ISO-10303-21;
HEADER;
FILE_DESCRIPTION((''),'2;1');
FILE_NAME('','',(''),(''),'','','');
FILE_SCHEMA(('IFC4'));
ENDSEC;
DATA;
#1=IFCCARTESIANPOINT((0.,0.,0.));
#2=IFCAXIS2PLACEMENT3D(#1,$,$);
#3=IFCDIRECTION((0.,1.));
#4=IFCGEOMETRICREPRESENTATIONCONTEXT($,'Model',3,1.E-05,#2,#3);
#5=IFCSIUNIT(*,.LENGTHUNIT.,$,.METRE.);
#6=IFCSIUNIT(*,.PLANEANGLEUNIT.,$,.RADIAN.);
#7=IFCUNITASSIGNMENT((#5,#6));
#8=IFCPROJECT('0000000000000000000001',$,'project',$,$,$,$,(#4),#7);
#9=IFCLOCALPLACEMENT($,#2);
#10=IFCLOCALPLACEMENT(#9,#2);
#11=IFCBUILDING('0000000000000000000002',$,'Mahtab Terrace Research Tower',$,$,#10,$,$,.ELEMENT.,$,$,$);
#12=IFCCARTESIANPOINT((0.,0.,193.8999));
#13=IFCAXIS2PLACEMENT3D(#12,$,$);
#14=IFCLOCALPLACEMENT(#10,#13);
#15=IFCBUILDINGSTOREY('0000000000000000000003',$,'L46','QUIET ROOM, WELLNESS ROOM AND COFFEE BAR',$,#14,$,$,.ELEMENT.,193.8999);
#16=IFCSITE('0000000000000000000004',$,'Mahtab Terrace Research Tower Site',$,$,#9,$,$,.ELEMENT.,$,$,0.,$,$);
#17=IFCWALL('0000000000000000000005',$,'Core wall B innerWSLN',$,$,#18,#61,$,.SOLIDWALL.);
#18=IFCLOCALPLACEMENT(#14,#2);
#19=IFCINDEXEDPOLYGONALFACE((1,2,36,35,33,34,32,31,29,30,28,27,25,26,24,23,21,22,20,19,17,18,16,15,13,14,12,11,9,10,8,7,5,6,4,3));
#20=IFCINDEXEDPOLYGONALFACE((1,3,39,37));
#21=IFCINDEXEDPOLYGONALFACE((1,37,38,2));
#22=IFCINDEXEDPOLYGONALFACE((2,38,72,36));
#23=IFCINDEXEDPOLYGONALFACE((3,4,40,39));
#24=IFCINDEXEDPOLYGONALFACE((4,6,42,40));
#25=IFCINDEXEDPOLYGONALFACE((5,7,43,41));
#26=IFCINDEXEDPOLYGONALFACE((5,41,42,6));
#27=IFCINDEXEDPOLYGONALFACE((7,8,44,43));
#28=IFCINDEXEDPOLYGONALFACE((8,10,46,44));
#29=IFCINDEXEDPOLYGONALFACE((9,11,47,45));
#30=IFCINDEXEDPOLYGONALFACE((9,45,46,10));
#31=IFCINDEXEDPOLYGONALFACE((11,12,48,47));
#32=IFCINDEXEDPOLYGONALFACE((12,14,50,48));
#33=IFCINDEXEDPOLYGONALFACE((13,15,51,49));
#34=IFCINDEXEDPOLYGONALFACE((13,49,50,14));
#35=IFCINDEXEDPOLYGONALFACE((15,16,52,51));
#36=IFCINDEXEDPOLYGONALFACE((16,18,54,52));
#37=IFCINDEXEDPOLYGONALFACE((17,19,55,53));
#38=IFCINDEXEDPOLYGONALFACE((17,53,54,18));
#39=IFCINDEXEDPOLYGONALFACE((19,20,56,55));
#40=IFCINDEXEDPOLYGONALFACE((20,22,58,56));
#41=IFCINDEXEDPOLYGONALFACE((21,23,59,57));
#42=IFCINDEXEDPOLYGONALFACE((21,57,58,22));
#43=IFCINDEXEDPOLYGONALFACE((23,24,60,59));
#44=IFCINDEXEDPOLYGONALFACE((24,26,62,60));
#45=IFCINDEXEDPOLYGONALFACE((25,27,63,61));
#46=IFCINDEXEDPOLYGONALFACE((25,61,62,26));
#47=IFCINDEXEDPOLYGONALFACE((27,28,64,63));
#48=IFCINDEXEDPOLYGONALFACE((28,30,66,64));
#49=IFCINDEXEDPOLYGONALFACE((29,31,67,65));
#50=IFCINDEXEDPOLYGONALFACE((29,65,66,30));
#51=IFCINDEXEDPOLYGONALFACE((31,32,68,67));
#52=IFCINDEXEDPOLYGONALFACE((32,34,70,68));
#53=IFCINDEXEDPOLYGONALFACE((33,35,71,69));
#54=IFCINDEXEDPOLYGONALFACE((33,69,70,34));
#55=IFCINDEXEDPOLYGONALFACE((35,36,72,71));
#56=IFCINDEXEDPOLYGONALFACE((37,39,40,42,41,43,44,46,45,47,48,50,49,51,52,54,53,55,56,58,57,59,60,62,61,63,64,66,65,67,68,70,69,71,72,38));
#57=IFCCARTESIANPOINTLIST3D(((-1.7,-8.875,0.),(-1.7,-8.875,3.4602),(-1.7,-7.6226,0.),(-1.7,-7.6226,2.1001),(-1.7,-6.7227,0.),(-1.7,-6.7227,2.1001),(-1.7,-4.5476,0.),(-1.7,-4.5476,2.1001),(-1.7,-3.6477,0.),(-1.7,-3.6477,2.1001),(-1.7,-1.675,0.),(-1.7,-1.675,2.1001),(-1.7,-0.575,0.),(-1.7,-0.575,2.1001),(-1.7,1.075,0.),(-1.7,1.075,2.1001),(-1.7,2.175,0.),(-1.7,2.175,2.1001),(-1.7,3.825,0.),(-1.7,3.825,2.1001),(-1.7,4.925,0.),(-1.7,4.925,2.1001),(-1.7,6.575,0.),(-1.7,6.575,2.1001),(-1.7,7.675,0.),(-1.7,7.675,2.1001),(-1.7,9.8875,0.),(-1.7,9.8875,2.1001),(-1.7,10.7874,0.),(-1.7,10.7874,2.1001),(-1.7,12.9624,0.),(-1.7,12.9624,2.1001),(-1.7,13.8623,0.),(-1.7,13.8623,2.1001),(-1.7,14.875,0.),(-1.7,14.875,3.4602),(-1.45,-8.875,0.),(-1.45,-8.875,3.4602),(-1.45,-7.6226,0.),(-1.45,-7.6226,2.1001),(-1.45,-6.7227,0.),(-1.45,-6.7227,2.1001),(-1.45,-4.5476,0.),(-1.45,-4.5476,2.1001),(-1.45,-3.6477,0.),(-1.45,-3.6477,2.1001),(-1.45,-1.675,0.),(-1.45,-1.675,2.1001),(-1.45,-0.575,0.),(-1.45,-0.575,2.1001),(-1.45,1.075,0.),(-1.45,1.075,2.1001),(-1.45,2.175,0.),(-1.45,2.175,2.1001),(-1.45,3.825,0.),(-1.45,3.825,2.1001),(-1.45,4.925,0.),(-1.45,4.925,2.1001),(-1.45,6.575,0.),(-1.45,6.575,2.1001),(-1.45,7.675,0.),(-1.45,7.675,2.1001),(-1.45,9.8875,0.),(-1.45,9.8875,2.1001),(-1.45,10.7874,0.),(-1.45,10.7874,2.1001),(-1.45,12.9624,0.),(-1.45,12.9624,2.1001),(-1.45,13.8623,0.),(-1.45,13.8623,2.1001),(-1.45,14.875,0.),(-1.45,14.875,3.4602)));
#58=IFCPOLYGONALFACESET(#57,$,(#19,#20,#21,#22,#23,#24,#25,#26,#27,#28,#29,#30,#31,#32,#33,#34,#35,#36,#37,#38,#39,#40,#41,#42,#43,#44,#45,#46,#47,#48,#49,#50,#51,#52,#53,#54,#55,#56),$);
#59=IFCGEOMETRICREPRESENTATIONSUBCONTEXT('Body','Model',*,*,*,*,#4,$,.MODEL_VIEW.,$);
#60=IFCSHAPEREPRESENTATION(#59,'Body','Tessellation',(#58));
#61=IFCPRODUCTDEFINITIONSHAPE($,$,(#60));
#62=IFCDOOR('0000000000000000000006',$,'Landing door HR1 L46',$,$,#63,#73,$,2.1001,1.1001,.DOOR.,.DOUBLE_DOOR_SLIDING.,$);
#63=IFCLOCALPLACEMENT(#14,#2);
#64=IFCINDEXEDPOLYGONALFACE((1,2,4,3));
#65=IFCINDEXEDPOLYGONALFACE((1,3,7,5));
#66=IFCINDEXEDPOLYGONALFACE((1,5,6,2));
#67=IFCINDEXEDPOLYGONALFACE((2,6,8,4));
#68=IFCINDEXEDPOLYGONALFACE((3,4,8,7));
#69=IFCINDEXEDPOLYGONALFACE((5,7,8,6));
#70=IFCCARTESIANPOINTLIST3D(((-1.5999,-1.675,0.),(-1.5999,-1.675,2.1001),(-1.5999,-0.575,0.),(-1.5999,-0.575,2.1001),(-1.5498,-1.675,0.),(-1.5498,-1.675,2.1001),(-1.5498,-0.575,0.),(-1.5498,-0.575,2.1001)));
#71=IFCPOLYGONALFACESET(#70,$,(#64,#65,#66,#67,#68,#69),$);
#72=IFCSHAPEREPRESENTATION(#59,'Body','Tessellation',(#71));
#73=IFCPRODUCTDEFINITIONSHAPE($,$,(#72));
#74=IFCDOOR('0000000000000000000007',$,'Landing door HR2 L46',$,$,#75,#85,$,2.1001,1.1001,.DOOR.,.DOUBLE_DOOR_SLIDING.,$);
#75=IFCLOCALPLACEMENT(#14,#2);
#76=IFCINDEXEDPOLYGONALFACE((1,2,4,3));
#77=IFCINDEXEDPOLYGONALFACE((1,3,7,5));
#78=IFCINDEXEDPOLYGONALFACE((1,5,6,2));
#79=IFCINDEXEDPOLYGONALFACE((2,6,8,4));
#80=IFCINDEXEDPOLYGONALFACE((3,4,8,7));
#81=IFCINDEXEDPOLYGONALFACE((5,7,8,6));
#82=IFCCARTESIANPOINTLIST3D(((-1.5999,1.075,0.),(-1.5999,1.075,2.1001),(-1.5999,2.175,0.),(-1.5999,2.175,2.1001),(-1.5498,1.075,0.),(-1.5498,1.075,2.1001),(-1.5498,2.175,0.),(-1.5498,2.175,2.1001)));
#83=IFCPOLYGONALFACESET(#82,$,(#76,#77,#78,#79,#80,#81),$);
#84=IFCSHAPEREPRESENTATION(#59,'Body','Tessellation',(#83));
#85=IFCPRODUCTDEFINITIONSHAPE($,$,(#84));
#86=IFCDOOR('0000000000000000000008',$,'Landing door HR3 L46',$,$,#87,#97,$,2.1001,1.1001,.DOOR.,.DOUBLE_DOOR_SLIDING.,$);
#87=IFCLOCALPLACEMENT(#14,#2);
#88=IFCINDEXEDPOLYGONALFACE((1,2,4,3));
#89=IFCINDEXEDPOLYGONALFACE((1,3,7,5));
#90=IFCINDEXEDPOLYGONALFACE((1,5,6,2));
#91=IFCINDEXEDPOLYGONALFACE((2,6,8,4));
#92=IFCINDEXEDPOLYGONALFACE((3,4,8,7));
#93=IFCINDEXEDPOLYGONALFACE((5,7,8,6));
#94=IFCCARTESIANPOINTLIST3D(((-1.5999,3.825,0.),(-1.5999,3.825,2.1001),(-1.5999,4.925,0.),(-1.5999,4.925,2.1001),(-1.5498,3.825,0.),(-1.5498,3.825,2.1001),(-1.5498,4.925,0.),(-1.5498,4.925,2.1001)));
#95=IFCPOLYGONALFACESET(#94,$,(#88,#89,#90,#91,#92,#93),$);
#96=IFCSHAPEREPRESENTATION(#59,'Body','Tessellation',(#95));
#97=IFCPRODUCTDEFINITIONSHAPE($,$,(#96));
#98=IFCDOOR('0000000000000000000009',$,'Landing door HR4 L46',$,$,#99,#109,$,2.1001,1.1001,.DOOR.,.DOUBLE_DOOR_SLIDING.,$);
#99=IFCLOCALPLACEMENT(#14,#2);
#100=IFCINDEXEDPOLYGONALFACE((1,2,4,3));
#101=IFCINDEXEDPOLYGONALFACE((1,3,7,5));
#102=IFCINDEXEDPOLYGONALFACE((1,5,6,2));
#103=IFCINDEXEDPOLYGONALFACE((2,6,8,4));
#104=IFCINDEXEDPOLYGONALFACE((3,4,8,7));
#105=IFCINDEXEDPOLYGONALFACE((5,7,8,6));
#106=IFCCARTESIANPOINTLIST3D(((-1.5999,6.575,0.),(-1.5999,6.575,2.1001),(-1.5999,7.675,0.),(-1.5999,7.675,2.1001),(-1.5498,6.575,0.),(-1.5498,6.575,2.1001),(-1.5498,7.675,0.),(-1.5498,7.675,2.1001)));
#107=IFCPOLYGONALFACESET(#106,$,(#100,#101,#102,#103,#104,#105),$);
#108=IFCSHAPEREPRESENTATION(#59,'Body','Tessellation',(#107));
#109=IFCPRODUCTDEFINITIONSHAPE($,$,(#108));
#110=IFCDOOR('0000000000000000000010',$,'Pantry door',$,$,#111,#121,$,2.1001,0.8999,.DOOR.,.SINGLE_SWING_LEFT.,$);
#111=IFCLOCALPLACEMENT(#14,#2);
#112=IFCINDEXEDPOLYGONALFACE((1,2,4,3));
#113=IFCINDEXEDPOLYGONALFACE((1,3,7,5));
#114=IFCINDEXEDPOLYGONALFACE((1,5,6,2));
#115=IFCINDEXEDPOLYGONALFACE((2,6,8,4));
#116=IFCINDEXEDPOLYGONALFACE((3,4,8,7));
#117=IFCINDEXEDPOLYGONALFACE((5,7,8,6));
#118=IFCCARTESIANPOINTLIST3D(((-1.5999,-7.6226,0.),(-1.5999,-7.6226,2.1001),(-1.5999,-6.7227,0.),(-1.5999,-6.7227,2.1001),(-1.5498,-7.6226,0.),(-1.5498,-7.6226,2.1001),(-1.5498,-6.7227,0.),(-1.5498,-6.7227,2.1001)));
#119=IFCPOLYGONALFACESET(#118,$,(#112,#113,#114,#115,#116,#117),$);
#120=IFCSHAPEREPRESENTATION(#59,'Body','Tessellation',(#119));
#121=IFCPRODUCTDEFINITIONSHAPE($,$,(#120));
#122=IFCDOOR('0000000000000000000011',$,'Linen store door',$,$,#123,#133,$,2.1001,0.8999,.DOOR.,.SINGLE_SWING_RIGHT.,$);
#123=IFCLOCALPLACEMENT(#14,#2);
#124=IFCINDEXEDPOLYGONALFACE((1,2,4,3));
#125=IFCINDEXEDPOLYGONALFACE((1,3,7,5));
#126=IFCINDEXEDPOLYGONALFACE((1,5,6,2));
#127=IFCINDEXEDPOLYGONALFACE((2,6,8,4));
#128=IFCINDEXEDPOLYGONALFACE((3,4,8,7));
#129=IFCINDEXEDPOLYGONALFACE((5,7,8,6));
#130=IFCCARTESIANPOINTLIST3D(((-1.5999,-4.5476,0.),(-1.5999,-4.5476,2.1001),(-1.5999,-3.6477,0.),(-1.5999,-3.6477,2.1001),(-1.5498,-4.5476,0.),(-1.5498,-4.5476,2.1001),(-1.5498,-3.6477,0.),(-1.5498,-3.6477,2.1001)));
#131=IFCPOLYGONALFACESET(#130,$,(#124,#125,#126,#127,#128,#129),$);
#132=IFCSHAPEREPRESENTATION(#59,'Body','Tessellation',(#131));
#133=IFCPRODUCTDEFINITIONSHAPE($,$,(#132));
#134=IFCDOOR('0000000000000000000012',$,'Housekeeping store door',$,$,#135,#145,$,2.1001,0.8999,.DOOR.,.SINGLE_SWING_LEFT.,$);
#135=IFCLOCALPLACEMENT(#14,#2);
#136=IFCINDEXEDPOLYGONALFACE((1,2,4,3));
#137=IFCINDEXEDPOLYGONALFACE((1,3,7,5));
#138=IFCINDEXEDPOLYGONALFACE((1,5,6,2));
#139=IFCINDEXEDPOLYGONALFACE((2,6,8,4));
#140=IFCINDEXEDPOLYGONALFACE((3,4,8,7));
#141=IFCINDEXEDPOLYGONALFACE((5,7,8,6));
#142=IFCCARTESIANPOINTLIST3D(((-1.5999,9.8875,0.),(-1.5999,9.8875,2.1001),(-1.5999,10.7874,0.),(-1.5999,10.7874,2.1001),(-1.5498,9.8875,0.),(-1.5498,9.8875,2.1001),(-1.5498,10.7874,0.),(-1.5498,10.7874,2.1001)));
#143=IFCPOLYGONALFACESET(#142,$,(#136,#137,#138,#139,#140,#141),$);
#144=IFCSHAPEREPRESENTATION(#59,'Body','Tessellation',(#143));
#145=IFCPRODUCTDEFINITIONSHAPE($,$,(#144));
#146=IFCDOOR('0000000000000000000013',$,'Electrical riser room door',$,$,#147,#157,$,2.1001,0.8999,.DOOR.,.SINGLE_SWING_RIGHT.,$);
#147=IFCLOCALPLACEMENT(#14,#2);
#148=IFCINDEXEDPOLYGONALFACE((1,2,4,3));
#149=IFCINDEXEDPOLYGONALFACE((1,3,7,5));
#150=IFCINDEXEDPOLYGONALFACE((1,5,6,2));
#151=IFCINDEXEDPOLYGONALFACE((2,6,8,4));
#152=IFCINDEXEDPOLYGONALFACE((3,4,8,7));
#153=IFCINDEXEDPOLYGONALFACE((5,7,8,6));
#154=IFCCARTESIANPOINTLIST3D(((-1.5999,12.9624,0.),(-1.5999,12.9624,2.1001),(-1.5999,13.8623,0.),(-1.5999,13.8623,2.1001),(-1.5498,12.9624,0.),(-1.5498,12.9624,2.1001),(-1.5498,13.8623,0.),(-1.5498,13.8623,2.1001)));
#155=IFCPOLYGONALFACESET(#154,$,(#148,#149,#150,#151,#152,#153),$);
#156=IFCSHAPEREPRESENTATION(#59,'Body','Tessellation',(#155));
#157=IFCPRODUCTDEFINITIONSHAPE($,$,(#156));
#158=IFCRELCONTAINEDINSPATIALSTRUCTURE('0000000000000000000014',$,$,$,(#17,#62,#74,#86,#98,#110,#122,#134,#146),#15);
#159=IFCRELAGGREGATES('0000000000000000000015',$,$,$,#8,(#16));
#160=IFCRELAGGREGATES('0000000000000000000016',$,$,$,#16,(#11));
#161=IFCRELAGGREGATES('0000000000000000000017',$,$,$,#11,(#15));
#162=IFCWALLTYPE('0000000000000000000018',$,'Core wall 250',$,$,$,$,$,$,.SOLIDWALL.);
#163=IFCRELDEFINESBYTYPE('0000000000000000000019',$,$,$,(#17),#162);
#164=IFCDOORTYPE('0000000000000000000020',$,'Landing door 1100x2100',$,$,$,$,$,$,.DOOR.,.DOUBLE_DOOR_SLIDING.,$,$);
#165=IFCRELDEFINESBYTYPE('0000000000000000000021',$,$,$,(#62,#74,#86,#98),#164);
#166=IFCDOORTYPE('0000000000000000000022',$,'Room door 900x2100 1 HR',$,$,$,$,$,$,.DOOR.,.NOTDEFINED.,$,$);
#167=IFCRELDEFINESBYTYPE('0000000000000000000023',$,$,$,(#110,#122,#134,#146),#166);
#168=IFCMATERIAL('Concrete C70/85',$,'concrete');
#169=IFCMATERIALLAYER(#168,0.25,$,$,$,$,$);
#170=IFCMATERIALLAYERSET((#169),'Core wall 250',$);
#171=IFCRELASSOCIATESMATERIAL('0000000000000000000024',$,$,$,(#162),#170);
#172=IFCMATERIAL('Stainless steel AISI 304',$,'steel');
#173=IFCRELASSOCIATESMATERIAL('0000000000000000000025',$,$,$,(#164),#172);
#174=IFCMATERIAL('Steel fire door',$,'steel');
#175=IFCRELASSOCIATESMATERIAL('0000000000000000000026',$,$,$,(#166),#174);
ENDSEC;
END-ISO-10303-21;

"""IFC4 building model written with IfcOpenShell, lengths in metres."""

from ifc_helpers import new_model, si_unit, direction, frame, frame_2d, origin, place, context, subcontext, project, spatial, rectangle, extrude, material, layer, layer_set, type_object, element, fill, save


model = new_model("IFC4")

# Units and contexts
model_context = context("Model", 3, precision=1e-05, world=origin(), true_north=direction((0.0, 1.0)))
body_context = subcontext(model_context, "Body", "Model", "MODEL_VIEW")
ifc_project = project(units=[si_unit("LENGTHUNIT", "METRE"), si_unit("PLANEANGLEUNIT", "RADIAN")], contexts=[model_context])

# Site, building, storey
site_placement = place(None, origin())
site = spatial("IfcSite", under=ifc_project, at=site_placement, Name="Mahtab Terrace Research Tower Site", CompositionType="ELEMENT", RefElevation=0.0)
building_placement = place(site_placement, origin())
building = spatial("IfcBuilding", under=site, at=building_placement, Name="Mahtab Terrace Research Tower", CompositionType="ELEMENT")
storey_placement = place(building_placement, frame((0.0, 0.0, 193.8999)))
storey = spatial("IfcBuildingStorey", under=building, at=storey_placement, Name="L46", Description="QUIET ROOM, WELLNESS ROOM AND COFFEE BAR", CompositionType="ELEMENT", Elevation=193.8999)

# Shared definitions
ifc_material_1 = material(Name="Concrete C70/85", Category="concrete")

# Wall, openings, doors
ifc_layer_1 = layer(ifc_material_1, 0.25)
ifc_layer_set_1 = layer_set([ifc_layer_1], Name="Core wall 250")
wall_type_1 = type_object("IfcWallType", Name="Core wall 250", PredefinedType="SOLIDWALL", material=ifc_layer_set_1)
wall_1_placement = place(storey_placement, frame((-1.575, -8.875, 0.0), z_axis=(0.0, 0.0, 1.0), x_axis=(0.0, 1.0, 0.0)))
wall_1 = element("IfcWall", 1, at=wall_1_placement, inside=storey, type_object=wall_type_1, Name="Core wall B innerWSLN", PredefinedType="SOLIDWALL", context=body_context, shape_type="SweptSolid", body=[
    extrude(rectangle(XDim=23.75, YDim=0.25, at=frame_2d((11.875, 0.0))), origin(), (0.0, 0.0, 1.0), 3.4602),
])
opening_1_placement = place(wall_1_placement, frame((7.2, 0.0, 0.0)))
opening_1 = element("IfcOpeningElement", 2, at=opening_1_placement, cuts=wall_1, PredefinedType="OPENING", context=body_context, shape_type="SweptSolid", body=[
    extrude(rectangle(XDim=1.1001, YDim=2.1001, at=frame_2d((0.55, 1.05))), frame((0.0, 0.135, 0.0), z_axis=(0.0, -1.0, 0.0), x_axis=(1.0, 0.0, 0.0)), (0.0, 0.0, 1.0), 0.27),
])
opening_2_placement = place(wall_1_placement, frame((9.95, 0.0, 0.0)))
opening_2 = element("IfcOpeningElement", 3, at=opening_2_placement, cuts=wall_1, PredefinedType="OPENING", context=body_context, shape_type="SweptSolid", body=[
    extrude(rectangle(XDim=1.1001, YDim=2.1001, at=frame_2d((0.55, 1.05))), frame((0.0, 0.135, 0.0), z_axis=(0.0, -1.0, 0.0), x_axis=(1.0, 0.0, 0.0)), (0.0, 0.0, 1.0), 0.27),
])
opening_3_placement = place(wall_1_placement, frame((12.7, 0.0, 0.0)))
opening_3 = element("IfcOpeningElement", 4, at=opening_3_placement, cuts=wall_1, PredefinedType="OPENING", context=body_context, shape_type="SweptSolid", body=[
    extrude(rectangle(XDim=1.1001, YDim=2.1001, at=frame_2d((0.55, 1.05))), frame((0.0, 0.135, 0.0), z_axis=(0.0, -1.0, 0.0), x_axis=(1.0, 0.0, 0.0)), (0.0, 0.0, 1.0), 0.27),
])
opening_4_placement = place(wall_1_placement, frame((15.45, 0.0, 0.0)))
opening_4 = element("IfcOpeningElement", 5, at=opening_4_placement, cuts=wall_1, PredefinedType="OPENING", context=body_context, shape_type="SweptSolid", body=[
    extrude(rectangle(XDim=1.1001, YDim=2.1001, at=frame_2d((0.55, 1.05))), frame((0.0, 0.135, 0.0), z_axis=(0.0, -1.0, 0.0), x_axis=(1.0, 0.0, 0.0)), (0.0, 0.0, 1.0), 0.27),
])
opening_5_placement = place(wall_1_placement, frame((1.2524, 0.0, 0.0)))
opening_5 = element("IfcOpeningElement", 6, at=opening_5_placement, cuts=wall_1, PredefinedType="OPENING", context=body_context, shape_type="SweptSolid", body=[
    extrude(rectangle(XDim=0.8999, YDim=2.1001, at=frame_2d((0.45, 1.05))), frame((0.0, 0.135, 0.0), z_axis=(0.0, -1.0, 0.0), x_axis=(1.0, 0.0, 0.0)), (0.0, 0.0, 1.0), 0.27),
])
opening_6_placement = place(wall_1_placement, frame((4.3274, 0.0, 0.0)))
opening_6 = element("IfcOpeningElement", 7, at=opening_6_placement, cuts=wall_1, PredefinedType="OPENING", context=body_context, shape_type="SweptSolid", body=[
    extrude(rectangle(XDim=0.8999, YDim=2.1001, at=frame_2d((0.45, 1.05))), frame((0.0, 0.135, 0.0), z_axis=(0.0, -1.0, 0.0), x_axis=(1.0, 0.0, 0.0)), (0.0, 0.0, 1.0), 0.27),
])
opening_7_placement = place(wall_1_placement, frame((18.7625, 0.0, 0.0)))
opening_7 = element("IfcOpeningElement", 8, at=opening_7_placement, cuts=wall_1, PredefinedType="OPENING", context=body_context, shape_type="SweptSolid", body=[
    extrude(rectangle(XDim=0.8999, YDim=2.1001, at=frame_2d((0.45, 1.05))), frame((0.0, 0.135, 0.0), z_axis=(0.0, -1.0, 0.0), x_axis=(1.0, 0.0, 0.0)), (0.0, 0.0, 1.0), 0.27),
])
opening_8_placement = place(wall_1_placement, frame((21.8374, 0.0, 0.0)))
opening_8 = element("IfcOpeningElement", 9, at=opening_8_placement, cuts=wall_1, PredefinedType="OPENING", context=body_context, shape_type="SweptSolid", body=[
    extrude(rectangle(XDim=0.8999, YDim=2.1001, at=frame_2d((0.45, 1.05))), frame((0.0, 0.135, 0.0), z_axis=(0.0, -1.0, 0.0), x_axis=(1.0, 0.0, 0.0)), (0.0, 0.0, 1.0), 0.27),
])
ifc_material_2 = material(Name="Stainless steel AISI 304", Category="steel")
door_type_1 = type_object("IfcDoorType", Name="Landing door 1100x2100", OperationType="DOUBLE_DOOR_SLIDING", PredefinedType="DOOR", material=ifc_material_2)
door_1_placement = place(opening_1_placement, origin())
door_1 = element("IfcDoor", 10, at=door_1_placement, inside=storey, type_object=door_type_1, Name="Landing door HR1 L46", OperationType="DOUBLE_DOOR_SLIDING", OverallHeight=2.1001, OverallWidth=1.1001, PredefinedType="DOOR", context=body_context, shape_type="SweptSolid", body=[
    extrude(rectangle(XDim=1.1001, YDim=2.1001, at=frame_2d((0.55, 1.05))), frame((0.0, 0.0249, 0.0), z_axis=(0.0, -1.0, 0.0), x_axis=(1.0, 0.0, 0.0)), (0.0, 0.0, 1.0), 0.05),
])
fill(opening_1, door_1)
door_2_placement = place(opening_2_placement, origin())
door_2 = element("IfcDoor", 11, at=door_2_placement, inside=storey, type_object=door_type_1, Name="Landing door HR2 L46", OperationType="DOUBLE_DOOR_SLIDING", OverallHeight=2.1001, OverallWidth=1.1001, PredefinedType="DOOR", context=body_context, shape_type="SweptSolid", body=[
    extrude(rectangle(XDim=1.1001, YDim=2.1001, at=frame_2d((0.55, 1.05))), frame((0.0, 0.0249, 0.0), z_axis=(0.0, -1.0, 0.0), x_axis=(1.0, 0.0, 0.0)), (0.0, 0.0, 1.0), 0.05),
])
fill(opening_2, door_2)
door_3_placement = place(opening_3_placement, origin())
door_3 = element("IfcDoor", 12, at=door_3_placement, inside=storey, type_object=door_type_1, Name="Landing door HR3 L46", OperationType="DOUBLE_DOOR_SLIDING", OverallHeight=2.1001, OverallWidth=1.1001, PredefinedType="DOOR", context=body_context, shape_type="SweptSolid", body=[
    extrude(rectangle(XDim=1.1001, YDim=2.1001, at=frame_2d((0.55, 1.05))), frame((0.0, 0.0249, 0.0), z_axis=(0.0, -1.0, 0.0), x_axis=(1.0, 0.0, 0.0)), (0.0, 0.0, 1.0), 0.05),
])
fill(opening_3, door_3)
door_4_placement = place(opening_4_placement, origin())
door_4 = element("IfcDoor", 13, at=door_4_placement, inside=storey, type_object=door_type_1, Name="Landing door HR4 L46", OperationType="DOUBLE_DOOR_SLIDING", OverallHeight=2.1001, OverallWidth=1.1001, PredefinedType="DOOR", context=body_context, shape_type="SweptSolid", body=[
    extrude(rectangle(XDim=1.1001, YDim=2.1001, at=frame_2d((0.55, 1.05))), frame((0.0, 0.0249, 0.0), z_axis=(0.0, -1.0, 0.0), x_axis=(1.0, 0.0, 0.0)), (0.0, 0.0, 1.0), 0.05),
])
fill(opening_4, door_4)
ifc_material_3 = material(Name="Steel fire door", Category="steel")
door_type_2 = type_object("IfcDoorType", Name="Room door 900x2100 1 HR", OperationType="NOTDEFINED", PredefinedType="DOOR", material=ifc_material_3)
door_5_placement = place(opening_5_placement, origin())
door_5 = element("IfcDoor", 14, at=door_5_placement, inside=storey, type_object=door_type_2, Name="Pantry door", OperationType="SINGLE_SWING_LEFT", OverallHeight=2.1001, OverallWidth=0.8999, PredefinedType="DOOR", context=body_context, shape_type="SweptSolid", body=[
    extrude(rectangle(XDim=0.8999, YDim=2.1001, at=frame_2d((0.45, 1.05))), frame((0.0, 0.0249, 0.0), z_axis=(0.0, -1.0, 0.0), x_axis=(1.0, 0.0, 0.0)), (0.0, 0.0, 1.0), 0.05),
])
fill(opening_5, door_5)
door_6_placement = place(opening_6_placement, origin())
door_6 = element("IfcDoor", 15, at=door_6_placement, inside=storey, type_object=door_type_2, Name="Linen store door", OperationType="SINGLE_SWING_RIGHT", OverallHeight=2.1001, OverallWidth=0.8999, PredefinedType="DOOR", context=body_context, shape_type="SweptSolid", body=[
    extrude(rectangle(XDim=0.8999, YDim=2.1001, at=frame_2d((0.45, 1.05))), frame((0.0, 0.0249, 0.0), z_axis=(0.0, -1.0, 0.0), x_axis=(1.0, 0.0, 0.0)), (0.0, 0.0, 1.0), 0.05),
])
fill(opening_6, door_6)
door_7_placement = place(opening_7_placement, origin())
door_7 = element("IfcDoor", 16, at=door_7_placement, inside=storey, type_object=door_type_2, Name="Housekeeping store door", OperationType="SINGLE_SWING_LEFT", OverallHeight=2.1001, OverallWidth=0.8999, PredefinedType="DOOR", context=body_context, shape_type="SweptSolid", body=[
    extrude(rectangle(XDim=0.8999, YDim=2.1001, at=frame_2d((0.45, 1.05))), frame((0.0, 0.0249, 0.0), z_axis=(0.0, -1.0, 0.0), x_axis=(1.0, 0.0, 0.0)), (0.0, 0.0, 1.0), 0.05),
])
fill(opening_7, door_7)
door_8_placement = place(opening_8_placement, origin())
door_8 = element("IfcDoor", 17, at=door_8_placement, inside=storey, type_object=door_type_2, Name="Electrical riser room door", OperationType="SINGLE_SWING_RIGHT", OverallHeight=2.1001, OverallWidth=0.8999, PredefinedType="DOOR", context=body_context, shape_type="SweptSolid", body=[
    extrude(rectangle(XDim=0.8999, YDim=2.1001, at=frame_2d((0.45, 1.05))), frame((0.0, 0.0249, 0.0), z_axis=(0.0, -1.0, 0.0), x_axis=(1.0, 0.0, 0.0)), (0.0, 0.0, 1.0), 0.05),
])
fill(opening_8, door_8)

save(model, "model.ifc")
